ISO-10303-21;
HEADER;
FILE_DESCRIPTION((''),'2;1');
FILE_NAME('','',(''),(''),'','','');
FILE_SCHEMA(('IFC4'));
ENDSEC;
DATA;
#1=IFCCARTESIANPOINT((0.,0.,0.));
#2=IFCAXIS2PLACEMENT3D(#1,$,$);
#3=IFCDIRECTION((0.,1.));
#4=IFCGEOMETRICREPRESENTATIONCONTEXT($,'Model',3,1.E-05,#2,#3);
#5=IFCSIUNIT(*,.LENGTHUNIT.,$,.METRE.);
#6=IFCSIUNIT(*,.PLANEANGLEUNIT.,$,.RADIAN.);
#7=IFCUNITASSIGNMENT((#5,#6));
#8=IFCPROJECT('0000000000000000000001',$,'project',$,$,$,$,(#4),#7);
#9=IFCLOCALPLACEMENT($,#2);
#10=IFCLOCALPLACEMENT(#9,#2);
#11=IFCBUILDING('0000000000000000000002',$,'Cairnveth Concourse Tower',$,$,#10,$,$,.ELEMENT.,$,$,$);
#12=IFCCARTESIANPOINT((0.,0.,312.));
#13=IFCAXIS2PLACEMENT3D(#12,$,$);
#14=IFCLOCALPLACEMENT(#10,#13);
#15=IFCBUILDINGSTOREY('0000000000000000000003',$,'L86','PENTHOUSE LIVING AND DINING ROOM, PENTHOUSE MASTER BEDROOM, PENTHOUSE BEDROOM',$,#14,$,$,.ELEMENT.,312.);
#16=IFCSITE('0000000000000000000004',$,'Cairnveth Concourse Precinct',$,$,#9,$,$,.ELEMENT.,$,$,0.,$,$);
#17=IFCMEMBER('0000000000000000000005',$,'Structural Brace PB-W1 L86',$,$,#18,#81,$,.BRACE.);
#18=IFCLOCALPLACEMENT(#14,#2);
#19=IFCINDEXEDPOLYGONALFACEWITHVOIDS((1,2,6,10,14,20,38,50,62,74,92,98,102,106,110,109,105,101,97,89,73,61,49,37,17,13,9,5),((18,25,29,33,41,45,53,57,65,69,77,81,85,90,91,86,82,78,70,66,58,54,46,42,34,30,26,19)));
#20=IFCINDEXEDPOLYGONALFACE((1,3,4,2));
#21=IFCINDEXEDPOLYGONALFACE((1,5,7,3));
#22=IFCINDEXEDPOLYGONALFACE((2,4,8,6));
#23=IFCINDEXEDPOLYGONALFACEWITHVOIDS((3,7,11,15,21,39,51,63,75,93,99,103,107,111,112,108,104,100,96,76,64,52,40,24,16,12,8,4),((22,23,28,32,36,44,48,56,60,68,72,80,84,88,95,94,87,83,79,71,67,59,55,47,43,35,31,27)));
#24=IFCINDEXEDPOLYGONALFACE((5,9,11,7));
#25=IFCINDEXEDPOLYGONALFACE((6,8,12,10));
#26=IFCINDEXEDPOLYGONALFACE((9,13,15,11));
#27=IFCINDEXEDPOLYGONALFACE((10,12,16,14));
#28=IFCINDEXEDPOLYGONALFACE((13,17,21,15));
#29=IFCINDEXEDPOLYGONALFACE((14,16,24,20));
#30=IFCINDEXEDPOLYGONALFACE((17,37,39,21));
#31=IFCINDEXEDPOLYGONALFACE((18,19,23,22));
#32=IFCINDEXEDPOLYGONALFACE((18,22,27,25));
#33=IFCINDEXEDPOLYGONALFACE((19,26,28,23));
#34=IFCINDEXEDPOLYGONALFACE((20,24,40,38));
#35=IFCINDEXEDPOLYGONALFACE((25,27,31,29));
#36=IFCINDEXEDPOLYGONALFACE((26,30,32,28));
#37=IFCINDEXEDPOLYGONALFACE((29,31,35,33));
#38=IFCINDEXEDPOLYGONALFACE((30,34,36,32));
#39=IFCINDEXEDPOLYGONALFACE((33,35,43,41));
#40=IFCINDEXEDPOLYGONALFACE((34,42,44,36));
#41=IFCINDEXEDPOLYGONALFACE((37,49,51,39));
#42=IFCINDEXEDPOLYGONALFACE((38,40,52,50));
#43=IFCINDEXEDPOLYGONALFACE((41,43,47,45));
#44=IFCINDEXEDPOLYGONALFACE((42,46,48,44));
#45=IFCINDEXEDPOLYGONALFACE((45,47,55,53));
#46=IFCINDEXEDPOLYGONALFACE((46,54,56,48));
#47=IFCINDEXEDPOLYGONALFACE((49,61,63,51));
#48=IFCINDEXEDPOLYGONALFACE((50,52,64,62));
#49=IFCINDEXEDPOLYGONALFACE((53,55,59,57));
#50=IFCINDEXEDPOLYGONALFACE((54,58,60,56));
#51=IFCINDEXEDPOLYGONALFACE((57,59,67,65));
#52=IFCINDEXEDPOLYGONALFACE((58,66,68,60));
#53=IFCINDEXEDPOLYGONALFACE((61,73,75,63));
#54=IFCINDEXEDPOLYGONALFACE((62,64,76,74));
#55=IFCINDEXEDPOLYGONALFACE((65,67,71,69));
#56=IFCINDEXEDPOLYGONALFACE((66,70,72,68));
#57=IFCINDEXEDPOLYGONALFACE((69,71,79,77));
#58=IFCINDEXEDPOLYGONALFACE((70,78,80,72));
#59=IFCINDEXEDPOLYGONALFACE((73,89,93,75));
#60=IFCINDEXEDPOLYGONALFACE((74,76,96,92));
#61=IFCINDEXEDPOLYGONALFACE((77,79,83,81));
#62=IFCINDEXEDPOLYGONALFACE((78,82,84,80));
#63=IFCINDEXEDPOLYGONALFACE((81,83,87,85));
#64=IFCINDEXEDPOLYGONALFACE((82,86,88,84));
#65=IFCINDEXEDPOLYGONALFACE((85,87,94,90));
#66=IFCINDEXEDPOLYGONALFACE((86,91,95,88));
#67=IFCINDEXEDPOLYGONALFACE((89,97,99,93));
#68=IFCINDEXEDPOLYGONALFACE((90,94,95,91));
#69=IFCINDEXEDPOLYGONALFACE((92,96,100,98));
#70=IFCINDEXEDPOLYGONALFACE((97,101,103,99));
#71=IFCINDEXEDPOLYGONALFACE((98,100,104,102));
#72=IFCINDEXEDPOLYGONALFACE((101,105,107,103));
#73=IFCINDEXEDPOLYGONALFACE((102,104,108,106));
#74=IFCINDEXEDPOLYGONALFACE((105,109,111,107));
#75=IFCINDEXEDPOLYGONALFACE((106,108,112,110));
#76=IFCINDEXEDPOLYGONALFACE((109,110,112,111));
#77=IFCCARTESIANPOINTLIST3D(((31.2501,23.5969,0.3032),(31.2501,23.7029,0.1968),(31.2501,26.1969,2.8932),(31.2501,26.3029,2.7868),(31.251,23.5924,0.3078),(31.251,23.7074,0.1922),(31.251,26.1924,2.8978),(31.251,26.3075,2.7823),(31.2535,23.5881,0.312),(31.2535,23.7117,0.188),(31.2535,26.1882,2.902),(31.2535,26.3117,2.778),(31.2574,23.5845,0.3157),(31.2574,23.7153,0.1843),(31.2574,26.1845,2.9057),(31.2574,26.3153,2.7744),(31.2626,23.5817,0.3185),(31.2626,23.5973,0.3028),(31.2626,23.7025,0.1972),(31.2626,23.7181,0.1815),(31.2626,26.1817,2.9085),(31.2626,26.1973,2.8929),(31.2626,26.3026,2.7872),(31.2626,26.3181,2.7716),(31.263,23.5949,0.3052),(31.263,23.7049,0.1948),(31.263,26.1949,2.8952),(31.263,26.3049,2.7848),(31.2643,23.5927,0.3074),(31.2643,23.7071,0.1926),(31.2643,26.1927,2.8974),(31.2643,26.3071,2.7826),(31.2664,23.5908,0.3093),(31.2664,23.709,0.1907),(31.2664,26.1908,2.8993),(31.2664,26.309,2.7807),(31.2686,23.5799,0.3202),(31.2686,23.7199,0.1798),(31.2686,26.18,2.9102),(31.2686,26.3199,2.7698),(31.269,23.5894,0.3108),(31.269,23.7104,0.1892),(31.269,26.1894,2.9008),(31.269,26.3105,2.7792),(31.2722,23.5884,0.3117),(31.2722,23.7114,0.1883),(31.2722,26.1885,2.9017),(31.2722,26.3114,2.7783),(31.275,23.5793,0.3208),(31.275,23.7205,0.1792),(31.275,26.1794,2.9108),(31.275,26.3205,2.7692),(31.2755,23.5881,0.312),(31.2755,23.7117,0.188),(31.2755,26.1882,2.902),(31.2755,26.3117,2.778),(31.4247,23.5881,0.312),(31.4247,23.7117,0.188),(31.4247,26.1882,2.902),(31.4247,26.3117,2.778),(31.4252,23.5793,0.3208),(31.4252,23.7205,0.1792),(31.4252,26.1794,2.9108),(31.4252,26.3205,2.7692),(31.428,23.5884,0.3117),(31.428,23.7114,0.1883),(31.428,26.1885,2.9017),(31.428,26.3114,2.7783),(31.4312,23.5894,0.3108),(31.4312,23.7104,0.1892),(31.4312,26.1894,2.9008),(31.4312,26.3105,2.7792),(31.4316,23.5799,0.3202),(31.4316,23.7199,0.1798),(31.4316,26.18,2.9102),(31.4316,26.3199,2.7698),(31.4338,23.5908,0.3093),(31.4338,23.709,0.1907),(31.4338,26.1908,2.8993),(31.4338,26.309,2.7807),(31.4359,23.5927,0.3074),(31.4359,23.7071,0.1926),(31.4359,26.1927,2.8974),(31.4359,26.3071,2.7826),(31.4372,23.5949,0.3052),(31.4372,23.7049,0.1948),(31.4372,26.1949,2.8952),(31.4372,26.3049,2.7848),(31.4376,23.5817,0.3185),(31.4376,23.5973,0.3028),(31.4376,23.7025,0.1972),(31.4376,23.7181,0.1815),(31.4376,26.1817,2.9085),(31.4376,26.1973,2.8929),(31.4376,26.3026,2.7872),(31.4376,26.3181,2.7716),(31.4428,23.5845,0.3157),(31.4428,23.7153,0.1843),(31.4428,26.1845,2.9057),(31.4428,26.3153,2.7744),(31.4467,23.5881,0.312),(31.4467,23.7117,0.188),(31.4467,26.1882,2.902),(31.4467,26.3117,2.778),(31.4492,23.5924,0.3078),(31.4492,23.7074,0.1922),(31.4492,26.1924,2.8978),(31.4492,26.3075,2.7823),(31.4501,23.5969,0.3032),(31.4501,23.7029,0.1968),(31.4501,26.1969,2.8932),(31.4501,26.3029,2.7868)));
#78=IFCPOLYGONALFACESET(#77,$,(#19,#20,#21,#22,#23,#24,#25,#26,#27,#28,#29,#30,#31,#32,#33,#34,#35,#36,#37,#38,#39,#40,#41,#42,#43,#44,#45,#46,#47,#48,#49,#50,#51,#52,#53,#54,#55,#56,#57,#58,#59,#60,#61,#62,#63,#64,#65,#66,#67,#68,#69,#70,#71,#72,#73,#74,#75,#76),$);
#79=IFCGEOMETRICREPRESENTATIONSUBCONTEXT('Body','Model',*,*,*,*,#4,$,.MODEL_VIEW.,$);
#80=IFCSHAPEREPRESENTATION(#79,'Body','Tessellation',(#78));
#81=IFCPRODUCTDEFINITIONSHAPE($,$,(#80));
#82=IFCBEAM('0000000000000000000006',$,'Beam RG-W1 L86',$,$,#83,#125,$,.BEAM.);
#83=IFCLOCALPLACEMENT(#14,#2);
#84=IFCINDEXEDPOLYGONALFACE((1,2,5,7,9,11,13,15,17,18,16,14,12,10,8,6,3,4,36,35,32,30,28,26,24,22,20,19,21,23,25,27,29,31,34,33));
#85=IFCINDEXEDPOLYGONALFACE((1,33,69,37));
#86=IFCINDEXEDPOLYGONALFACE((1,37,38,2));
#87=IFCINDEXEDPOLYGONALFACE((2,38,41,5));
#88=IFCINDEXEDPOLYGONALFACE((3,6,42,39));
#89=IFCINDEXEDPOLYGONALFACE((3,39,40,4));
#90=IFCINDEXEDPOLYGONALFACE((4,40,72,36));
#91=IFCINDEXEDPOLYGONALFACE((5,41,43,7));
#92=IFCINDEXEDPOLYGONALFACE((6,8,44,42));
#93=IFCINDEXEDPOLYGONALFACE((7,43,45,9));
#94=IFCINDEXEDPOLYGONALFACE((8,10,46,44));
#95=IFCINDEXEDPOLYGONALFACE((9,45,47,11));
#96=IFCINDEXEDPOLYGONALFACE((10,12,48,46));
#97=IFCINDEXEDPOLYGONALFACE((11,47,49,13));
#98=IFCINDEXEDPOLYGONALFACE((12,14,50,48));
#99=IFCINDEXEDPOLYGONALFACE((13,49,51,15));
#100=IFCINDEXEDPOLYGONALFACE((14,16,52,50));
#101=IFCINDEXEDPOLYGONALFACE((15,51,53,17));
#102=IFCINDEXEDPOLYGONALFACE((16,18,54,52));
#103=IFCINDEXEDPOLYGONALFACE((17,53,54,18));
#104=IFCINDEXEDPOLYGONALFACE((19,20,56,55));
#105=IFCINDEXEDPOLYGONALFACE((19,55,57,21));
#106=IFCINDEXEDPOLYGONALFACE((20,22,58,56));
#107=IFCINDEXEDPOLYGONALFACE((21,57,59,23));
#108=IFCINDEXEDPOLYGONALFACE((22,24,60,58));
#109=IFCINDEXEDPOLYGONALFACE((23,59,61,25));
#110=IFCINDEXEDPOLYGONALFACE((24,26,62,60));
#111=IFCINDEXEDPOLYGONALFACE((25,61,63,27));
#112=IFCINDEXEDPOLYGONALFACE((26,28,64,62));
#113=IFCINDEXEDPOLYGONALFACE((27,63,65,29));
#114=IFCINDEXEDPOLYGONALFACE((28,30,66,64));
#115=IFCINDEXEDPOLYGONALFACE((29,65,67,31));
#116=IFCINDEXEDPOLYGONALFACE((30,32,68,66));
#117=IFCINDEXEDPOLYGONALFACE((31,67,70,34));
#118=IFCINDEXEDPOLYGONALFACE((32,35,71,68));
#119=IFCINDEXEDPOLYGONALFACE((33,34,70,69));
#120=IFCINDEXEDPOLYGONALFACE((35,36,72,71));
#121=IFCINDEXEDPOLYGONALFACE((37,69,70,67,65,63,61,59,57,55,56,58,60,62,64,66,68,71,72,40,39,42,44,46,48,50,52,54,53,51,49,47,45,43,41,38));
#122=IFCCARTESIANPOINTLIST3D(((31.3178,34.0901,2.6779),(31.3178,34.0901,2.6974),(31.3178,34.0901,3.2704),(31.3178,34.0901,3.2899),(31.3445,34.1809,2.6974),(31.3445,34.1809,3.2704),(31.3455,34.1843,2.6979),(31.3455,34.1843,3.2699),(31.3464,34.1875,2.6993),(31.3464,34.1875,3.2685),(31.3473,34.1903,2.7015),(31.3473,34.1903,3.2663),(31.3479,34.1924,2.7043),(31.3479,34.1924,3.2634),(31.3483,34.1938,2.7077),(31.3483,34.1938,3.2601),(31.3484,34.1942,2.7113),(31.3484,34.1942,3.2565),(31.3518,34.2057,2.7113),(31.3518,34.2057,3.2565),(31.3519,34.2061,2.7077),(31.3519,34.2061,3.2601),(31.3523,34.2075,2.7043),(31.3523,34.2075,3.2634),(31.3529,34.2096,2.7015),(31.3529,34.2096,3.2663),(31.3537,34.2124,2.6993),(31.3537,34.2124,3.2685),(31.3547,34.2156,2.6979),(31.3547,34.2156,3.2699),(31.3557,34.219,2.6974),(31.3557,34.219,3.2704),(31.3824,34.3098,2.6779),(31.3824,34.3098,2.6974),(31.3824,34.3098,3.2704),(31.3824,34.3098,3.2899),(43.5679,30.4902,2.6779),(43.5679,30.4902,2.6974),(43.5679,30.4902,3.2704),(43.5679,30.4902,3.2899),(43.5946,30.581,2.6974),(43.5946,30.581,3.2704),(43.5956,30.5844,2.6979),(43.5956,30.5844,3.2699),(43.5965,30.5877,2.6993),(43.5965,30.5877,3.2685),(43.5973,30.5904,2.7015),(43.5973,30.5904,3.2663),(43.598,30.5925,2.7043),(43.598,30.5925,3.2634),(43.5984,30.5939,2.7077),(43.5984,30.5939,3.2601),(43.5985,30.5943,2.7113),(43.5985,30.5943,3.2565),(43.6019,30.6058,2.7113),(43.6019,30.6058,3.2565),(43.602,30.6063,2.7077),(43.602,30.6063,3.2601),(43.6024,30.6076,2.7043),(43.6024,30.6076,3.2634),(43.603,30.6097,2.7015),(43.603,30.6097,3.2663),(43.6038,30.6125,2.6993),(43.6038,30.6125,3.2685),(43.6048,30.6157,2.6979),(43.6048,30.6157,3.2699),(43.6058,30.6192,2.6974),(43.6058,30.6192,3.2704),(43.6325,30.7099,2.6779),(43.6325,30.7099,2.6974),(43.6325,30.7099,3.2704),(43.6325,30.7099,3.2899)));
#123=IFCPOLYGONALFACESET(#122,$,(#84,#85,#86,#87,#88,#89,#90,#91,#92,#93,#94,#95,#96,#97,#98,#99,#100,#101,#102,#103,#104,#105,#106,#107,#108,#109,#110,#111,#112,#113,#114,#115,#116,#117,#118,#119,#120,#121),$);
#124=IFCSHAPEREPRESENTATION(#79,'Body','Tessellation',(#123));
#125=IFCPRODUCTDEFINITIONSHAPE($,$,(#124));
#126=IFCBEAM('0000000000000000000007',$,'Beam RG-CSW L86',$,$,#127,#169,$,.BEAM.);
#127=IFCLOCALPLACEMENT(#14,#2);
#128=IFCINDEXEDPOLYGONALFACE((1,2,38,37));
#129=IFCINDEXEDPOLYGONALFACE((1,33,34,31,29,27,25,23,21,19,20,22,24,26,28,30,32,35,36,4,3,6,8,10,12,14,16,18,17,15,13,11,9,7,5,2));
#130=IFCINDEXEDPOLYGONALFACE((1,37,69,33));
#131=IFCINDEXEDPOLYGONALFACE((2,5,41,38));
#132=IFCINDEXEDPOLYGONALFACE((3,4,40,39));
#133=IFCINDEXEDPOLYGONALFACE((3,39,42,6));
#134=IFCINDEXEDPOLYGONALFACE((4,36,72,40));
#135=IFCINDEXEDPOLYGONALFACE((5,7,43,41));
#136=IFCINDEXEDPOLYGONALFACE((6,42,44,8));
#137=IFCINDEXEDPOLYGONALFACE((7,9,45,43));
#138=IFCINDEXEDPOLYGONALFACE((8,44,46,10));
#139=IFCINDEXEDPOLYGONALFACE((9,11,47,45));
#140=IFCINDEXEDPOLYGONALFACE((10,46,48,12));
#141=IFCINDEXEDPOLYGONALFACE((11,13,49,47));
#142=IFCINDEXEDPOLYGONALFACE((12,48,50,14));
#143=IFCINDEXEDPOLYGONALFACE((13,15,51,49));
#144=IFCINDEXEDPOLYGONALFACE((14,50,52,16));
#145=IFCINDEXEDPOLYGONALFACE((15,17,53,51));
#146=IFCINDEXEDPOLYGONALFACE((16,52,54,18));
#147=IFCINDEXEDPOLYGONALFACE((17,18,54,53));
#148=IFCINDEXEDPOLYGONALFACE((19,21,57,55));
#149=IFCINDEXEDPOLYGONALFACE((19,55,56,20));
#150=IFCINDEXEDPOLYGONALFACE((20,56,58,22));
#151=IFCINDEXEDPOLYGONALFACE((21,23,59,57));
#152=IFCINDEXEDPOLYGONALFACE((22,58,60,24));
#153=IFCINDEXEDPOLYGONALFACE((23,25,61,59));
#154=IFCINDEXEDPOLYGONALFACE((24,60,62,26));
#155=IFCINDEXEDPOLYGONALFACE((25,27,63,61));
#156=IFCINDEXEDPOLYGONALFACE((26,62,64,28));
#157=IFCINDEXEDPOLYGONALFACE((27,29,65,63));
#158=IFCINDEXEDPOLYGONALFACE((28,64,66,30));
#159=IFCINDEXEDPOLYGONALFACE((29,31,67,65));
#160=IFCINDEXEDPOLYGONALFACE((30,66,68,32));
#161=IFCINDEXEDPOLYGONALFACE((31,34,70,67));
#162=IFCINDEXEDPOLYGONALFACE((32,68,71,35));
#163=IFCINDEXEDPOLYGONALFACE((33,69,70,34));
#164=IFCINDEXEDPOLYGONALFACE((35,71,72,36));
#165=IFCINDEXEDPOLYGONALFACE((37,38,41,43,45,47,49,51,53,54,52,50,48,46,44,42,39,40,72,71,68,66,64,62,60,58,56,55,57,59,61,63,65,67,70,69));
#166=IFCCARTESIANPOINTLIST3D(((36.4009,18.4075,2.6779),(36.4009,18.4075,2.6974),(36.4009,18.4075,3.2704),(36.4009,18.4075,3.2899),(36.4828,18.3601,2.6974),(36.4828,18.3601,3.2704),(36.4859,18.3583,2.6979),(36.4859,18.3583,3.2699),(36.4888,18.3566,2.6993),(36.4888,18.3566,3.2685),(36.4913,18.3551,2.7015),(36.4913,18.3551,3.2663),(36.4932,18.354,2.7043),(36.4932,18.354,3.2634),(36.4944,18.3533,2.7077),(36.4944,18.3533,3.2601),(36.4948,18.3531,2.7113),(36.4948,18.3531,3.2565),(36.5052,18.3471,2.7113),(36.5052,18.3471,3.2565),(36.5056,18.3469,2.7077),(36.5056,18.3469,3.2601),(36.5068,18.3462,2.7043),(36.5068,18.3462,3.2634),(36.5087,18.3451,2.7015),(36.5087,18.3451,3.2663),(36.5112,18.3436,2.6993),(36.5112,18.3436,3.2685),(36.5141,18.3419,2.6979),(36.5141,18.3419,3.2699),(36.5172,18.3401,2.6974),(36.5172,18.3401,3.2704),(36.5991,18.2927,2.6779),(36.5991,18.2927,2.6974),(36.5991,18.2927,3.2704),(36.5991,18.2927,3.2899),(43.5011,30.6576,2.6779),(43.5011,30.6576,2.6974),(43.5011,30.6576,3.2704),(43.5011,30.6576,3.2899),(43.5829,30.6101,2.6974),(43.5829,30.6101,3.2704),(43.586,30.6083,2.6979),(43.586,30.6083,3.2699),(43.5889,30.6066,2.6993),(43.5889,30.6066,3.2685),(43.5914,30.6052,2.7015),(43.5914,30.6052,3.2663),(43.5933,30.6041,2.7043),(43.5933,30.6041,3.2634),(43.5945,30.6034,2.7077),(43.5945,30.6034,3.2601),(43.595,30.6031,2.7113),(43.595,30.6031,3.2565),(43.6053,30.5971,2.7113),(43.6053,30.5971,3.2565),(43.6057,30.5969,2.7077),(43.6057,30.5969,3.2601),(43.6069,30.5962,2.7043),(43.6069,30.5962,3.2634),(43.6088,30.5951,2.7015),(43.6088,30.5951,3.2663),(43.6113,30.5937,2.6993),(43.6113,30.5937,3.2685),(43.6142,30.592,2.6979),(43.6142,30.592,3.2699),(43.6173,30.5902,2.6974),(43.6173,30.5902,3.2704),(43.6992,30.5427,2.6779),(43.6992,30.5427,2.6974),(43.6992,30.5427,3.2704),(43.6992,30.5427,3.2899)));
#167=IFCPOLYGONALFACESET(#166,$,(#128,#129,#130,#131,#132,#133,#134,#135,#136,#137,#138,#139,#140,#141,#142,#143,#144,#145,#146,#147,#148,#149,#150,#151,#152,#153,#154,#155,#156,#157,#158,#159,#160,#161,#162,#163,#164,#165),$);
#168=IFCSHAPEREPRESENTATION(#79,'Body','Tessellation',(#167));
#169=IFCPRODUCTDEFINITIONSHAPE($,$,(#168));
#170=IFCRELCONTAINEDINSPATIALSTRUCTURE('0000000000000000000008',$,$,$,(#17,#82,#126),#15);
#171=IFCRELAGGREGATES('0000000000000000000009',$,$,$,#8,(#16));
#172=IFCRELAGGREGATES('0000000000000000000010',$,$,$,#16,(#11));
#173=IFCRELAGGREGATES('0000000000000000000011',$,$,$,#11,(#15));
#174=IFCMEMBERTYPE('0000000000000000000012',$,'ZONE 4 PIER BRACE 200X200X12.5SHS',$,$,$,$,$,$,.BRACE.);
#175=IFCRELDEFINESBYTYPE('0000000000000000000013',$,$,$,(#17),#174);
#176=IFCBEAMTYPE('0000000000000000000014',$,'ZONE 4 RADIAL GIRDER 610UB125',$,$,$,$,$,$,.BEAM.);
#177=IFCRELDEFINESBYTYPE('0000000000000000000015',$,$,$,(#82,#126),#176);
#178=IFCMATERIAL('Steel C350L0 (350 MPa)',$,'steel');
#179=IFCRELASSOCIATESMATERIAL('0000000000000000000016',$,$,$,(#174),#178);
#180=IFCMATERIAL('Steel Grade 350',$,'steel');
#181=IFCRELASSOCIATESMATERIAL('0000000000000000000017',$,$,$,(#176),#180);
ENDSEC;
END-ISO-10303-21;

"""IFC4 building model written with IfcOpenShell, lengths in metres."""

from ifc_helpers import new_model, si_unit, direction, frame, origin, origin_2d, place, context, subcontext, project, spatial, hollow_rectangle, i_section, extrude, material, material_profile, profile_set, type_object, element, save


model = new_model("IFC4")

# Units and contexts
model_context = context("Model", 3, precision=1e-05, world=origin(), true_north=direction((0.0, 1.0)))
body_context = subcontext(model_context, "Body", "Model", "MODEL_VIEW")
ifc_project = project(units=[si_unit("LENGTHUNIT", "METRE"), si_unit("PLANEANGLEUNIT", "RADIAN")], contexts=[model_context])

# Site, building, storey
site_placement = place(None, origin())
site = spatial("IfcSite", under=ifc_project, at=site_placement, Name="Cairnveth Concourse Precinct", CompositionType="ELEMENT", RefElevation=0.0)
building_placement = place(site_placement, origin())
building = spatial("IfcBuilding", under=site, at=building_placement, Name="Cairnveth Concourse Tower", CompositionType="ELEMENT")
storey_placement = place(building_placement, frame((0.0, 0.0, 312.0)))
storey = spatial("IfcBuildingStorey", under=building, at=storey_placement, Name="L86", Description="PENTHOUSE LIVING AND DINING ROOM, PENTHOUSE MASTER BEDROOM, PENTHOUSE BEDROOM", CompositionType="ELEMENT", Elevation=312.0)

# Shared definitions
ifc_material_1 = material(Name="Steel Grade 350", Category="steel")

# Member
ifc_material_2 = material(Name="Steel C350L0 (350 MPa)", Category="steel")
ifc_material_profile_1 = material_profile(ifc_material_2, hollow_rectangle(XDim=0.2, YDim=0.2, WallThickness=0.0125, InnerFilletRadius=0.0129, OuterFilletRadius=0.0249, at=origin_2d()), Name="200x200x12.5SHS")
ifc_profile_set_1 = profile_set([ifc_material_profile_1], Name="Steel C350L0 (350 MPa)")
member_type = type_object("IfcMemberType", Name="ZONE 4 PIER BRACE 200X200X12.5SHS", PredefinedType="BRACE", material=ifc_profile_set_1)
for number, where, z_axis, x_axis, name in (
    (1, (31.3501, 23.6499, 0.25), (0.0, 0.708469, 0.705742), (-1.0, 0.0, 0.0), "Structural Brace PB-W1 L86"),
):
    element("IfcMember", number, at=place(storey_placement, frame(where, z_axis=z_axis, x_axis=x_axis)), inside=storey, type_object=member_type, Name=name, PredefinedType="BRACE", context=body_context, shape_type="SweptSolid", body=[
        extrude(hollow_rectangle(XDim=0.2, YDim=0.2, WallThickness=0.0125, InnerFilletRadius=0.0129, OuterFilletRadius=0.0249, at=origin_2d()), origin(), (0.0, 0.0, 1.0), 3.6699),
    ])

# Beams
ifc_material_profile_2 = material_profile(ifc_material_1, i_section(OverallWidth=0.229, OverallDepth=0.6121, WebThickness=0.012, FlangeThickness=0.0195, FilletRadius=0.0139, at=origin_2d()), Name="610UB125")
ifc_profile_set_2 = profile_set([ifc_material_profile_2], Name="Steel Grade 350")
beam_type_1 = type_object("IfcBeamType", Name="ZONE 4 RADIAL GIRDER 610UB125", PredefinedType="BEAM", material=ifc_profile_set_2)
beam_1_placement = place(storey_placement, frame((31.3501, 34.2, 2.9839), z_axis=(0.959431, -0.281944, 0.0), x_axis=(0.281944, 0.959431, 0.0)))
element("IfcBeam", 2, at=beam_1_placement, inside=storey, type_object=beam_type_1, Name="Beam RG-W1 L86", PredefinedType="BEAM", context=body_context, shape_type="SweptSolid", body=[
    extrude(i_section(OverallWidth=0.229, OverallDepth=0.6121, WebThickness=0.012, FlangeThickness=0.0195, FilletRadius=0.0139, at=origin_2d()), origin(), (0.0, 0.0, 1.0), 12.7681),
])
beam_2_placement = place(storey_placement, frame((36.5, 18.3501, 2.9839), z_axis=(0.501459, 0.865181, 0.0), x_axis=(-0.865181, 0.501459, 0.0)))
element("IfcBeam", 3, at=beam_2_placement, inside=storey, type_object=beam_type_1, Name="Beam RG-CSW L86", PredefinedType="BEAM", context=body_context, shape_type="SweptSolid", body=[
    extrude(i_section(OverallWidth=0.229, OverallDepth=0.6121, WebThickness=0.012, FlangeThickness=0.0195, FilletRadius=0.0139, at=origin_2d()), origin(), (0.0, 0.0, 1.0), 14.1589),
])

save(model, "model.ifc")
